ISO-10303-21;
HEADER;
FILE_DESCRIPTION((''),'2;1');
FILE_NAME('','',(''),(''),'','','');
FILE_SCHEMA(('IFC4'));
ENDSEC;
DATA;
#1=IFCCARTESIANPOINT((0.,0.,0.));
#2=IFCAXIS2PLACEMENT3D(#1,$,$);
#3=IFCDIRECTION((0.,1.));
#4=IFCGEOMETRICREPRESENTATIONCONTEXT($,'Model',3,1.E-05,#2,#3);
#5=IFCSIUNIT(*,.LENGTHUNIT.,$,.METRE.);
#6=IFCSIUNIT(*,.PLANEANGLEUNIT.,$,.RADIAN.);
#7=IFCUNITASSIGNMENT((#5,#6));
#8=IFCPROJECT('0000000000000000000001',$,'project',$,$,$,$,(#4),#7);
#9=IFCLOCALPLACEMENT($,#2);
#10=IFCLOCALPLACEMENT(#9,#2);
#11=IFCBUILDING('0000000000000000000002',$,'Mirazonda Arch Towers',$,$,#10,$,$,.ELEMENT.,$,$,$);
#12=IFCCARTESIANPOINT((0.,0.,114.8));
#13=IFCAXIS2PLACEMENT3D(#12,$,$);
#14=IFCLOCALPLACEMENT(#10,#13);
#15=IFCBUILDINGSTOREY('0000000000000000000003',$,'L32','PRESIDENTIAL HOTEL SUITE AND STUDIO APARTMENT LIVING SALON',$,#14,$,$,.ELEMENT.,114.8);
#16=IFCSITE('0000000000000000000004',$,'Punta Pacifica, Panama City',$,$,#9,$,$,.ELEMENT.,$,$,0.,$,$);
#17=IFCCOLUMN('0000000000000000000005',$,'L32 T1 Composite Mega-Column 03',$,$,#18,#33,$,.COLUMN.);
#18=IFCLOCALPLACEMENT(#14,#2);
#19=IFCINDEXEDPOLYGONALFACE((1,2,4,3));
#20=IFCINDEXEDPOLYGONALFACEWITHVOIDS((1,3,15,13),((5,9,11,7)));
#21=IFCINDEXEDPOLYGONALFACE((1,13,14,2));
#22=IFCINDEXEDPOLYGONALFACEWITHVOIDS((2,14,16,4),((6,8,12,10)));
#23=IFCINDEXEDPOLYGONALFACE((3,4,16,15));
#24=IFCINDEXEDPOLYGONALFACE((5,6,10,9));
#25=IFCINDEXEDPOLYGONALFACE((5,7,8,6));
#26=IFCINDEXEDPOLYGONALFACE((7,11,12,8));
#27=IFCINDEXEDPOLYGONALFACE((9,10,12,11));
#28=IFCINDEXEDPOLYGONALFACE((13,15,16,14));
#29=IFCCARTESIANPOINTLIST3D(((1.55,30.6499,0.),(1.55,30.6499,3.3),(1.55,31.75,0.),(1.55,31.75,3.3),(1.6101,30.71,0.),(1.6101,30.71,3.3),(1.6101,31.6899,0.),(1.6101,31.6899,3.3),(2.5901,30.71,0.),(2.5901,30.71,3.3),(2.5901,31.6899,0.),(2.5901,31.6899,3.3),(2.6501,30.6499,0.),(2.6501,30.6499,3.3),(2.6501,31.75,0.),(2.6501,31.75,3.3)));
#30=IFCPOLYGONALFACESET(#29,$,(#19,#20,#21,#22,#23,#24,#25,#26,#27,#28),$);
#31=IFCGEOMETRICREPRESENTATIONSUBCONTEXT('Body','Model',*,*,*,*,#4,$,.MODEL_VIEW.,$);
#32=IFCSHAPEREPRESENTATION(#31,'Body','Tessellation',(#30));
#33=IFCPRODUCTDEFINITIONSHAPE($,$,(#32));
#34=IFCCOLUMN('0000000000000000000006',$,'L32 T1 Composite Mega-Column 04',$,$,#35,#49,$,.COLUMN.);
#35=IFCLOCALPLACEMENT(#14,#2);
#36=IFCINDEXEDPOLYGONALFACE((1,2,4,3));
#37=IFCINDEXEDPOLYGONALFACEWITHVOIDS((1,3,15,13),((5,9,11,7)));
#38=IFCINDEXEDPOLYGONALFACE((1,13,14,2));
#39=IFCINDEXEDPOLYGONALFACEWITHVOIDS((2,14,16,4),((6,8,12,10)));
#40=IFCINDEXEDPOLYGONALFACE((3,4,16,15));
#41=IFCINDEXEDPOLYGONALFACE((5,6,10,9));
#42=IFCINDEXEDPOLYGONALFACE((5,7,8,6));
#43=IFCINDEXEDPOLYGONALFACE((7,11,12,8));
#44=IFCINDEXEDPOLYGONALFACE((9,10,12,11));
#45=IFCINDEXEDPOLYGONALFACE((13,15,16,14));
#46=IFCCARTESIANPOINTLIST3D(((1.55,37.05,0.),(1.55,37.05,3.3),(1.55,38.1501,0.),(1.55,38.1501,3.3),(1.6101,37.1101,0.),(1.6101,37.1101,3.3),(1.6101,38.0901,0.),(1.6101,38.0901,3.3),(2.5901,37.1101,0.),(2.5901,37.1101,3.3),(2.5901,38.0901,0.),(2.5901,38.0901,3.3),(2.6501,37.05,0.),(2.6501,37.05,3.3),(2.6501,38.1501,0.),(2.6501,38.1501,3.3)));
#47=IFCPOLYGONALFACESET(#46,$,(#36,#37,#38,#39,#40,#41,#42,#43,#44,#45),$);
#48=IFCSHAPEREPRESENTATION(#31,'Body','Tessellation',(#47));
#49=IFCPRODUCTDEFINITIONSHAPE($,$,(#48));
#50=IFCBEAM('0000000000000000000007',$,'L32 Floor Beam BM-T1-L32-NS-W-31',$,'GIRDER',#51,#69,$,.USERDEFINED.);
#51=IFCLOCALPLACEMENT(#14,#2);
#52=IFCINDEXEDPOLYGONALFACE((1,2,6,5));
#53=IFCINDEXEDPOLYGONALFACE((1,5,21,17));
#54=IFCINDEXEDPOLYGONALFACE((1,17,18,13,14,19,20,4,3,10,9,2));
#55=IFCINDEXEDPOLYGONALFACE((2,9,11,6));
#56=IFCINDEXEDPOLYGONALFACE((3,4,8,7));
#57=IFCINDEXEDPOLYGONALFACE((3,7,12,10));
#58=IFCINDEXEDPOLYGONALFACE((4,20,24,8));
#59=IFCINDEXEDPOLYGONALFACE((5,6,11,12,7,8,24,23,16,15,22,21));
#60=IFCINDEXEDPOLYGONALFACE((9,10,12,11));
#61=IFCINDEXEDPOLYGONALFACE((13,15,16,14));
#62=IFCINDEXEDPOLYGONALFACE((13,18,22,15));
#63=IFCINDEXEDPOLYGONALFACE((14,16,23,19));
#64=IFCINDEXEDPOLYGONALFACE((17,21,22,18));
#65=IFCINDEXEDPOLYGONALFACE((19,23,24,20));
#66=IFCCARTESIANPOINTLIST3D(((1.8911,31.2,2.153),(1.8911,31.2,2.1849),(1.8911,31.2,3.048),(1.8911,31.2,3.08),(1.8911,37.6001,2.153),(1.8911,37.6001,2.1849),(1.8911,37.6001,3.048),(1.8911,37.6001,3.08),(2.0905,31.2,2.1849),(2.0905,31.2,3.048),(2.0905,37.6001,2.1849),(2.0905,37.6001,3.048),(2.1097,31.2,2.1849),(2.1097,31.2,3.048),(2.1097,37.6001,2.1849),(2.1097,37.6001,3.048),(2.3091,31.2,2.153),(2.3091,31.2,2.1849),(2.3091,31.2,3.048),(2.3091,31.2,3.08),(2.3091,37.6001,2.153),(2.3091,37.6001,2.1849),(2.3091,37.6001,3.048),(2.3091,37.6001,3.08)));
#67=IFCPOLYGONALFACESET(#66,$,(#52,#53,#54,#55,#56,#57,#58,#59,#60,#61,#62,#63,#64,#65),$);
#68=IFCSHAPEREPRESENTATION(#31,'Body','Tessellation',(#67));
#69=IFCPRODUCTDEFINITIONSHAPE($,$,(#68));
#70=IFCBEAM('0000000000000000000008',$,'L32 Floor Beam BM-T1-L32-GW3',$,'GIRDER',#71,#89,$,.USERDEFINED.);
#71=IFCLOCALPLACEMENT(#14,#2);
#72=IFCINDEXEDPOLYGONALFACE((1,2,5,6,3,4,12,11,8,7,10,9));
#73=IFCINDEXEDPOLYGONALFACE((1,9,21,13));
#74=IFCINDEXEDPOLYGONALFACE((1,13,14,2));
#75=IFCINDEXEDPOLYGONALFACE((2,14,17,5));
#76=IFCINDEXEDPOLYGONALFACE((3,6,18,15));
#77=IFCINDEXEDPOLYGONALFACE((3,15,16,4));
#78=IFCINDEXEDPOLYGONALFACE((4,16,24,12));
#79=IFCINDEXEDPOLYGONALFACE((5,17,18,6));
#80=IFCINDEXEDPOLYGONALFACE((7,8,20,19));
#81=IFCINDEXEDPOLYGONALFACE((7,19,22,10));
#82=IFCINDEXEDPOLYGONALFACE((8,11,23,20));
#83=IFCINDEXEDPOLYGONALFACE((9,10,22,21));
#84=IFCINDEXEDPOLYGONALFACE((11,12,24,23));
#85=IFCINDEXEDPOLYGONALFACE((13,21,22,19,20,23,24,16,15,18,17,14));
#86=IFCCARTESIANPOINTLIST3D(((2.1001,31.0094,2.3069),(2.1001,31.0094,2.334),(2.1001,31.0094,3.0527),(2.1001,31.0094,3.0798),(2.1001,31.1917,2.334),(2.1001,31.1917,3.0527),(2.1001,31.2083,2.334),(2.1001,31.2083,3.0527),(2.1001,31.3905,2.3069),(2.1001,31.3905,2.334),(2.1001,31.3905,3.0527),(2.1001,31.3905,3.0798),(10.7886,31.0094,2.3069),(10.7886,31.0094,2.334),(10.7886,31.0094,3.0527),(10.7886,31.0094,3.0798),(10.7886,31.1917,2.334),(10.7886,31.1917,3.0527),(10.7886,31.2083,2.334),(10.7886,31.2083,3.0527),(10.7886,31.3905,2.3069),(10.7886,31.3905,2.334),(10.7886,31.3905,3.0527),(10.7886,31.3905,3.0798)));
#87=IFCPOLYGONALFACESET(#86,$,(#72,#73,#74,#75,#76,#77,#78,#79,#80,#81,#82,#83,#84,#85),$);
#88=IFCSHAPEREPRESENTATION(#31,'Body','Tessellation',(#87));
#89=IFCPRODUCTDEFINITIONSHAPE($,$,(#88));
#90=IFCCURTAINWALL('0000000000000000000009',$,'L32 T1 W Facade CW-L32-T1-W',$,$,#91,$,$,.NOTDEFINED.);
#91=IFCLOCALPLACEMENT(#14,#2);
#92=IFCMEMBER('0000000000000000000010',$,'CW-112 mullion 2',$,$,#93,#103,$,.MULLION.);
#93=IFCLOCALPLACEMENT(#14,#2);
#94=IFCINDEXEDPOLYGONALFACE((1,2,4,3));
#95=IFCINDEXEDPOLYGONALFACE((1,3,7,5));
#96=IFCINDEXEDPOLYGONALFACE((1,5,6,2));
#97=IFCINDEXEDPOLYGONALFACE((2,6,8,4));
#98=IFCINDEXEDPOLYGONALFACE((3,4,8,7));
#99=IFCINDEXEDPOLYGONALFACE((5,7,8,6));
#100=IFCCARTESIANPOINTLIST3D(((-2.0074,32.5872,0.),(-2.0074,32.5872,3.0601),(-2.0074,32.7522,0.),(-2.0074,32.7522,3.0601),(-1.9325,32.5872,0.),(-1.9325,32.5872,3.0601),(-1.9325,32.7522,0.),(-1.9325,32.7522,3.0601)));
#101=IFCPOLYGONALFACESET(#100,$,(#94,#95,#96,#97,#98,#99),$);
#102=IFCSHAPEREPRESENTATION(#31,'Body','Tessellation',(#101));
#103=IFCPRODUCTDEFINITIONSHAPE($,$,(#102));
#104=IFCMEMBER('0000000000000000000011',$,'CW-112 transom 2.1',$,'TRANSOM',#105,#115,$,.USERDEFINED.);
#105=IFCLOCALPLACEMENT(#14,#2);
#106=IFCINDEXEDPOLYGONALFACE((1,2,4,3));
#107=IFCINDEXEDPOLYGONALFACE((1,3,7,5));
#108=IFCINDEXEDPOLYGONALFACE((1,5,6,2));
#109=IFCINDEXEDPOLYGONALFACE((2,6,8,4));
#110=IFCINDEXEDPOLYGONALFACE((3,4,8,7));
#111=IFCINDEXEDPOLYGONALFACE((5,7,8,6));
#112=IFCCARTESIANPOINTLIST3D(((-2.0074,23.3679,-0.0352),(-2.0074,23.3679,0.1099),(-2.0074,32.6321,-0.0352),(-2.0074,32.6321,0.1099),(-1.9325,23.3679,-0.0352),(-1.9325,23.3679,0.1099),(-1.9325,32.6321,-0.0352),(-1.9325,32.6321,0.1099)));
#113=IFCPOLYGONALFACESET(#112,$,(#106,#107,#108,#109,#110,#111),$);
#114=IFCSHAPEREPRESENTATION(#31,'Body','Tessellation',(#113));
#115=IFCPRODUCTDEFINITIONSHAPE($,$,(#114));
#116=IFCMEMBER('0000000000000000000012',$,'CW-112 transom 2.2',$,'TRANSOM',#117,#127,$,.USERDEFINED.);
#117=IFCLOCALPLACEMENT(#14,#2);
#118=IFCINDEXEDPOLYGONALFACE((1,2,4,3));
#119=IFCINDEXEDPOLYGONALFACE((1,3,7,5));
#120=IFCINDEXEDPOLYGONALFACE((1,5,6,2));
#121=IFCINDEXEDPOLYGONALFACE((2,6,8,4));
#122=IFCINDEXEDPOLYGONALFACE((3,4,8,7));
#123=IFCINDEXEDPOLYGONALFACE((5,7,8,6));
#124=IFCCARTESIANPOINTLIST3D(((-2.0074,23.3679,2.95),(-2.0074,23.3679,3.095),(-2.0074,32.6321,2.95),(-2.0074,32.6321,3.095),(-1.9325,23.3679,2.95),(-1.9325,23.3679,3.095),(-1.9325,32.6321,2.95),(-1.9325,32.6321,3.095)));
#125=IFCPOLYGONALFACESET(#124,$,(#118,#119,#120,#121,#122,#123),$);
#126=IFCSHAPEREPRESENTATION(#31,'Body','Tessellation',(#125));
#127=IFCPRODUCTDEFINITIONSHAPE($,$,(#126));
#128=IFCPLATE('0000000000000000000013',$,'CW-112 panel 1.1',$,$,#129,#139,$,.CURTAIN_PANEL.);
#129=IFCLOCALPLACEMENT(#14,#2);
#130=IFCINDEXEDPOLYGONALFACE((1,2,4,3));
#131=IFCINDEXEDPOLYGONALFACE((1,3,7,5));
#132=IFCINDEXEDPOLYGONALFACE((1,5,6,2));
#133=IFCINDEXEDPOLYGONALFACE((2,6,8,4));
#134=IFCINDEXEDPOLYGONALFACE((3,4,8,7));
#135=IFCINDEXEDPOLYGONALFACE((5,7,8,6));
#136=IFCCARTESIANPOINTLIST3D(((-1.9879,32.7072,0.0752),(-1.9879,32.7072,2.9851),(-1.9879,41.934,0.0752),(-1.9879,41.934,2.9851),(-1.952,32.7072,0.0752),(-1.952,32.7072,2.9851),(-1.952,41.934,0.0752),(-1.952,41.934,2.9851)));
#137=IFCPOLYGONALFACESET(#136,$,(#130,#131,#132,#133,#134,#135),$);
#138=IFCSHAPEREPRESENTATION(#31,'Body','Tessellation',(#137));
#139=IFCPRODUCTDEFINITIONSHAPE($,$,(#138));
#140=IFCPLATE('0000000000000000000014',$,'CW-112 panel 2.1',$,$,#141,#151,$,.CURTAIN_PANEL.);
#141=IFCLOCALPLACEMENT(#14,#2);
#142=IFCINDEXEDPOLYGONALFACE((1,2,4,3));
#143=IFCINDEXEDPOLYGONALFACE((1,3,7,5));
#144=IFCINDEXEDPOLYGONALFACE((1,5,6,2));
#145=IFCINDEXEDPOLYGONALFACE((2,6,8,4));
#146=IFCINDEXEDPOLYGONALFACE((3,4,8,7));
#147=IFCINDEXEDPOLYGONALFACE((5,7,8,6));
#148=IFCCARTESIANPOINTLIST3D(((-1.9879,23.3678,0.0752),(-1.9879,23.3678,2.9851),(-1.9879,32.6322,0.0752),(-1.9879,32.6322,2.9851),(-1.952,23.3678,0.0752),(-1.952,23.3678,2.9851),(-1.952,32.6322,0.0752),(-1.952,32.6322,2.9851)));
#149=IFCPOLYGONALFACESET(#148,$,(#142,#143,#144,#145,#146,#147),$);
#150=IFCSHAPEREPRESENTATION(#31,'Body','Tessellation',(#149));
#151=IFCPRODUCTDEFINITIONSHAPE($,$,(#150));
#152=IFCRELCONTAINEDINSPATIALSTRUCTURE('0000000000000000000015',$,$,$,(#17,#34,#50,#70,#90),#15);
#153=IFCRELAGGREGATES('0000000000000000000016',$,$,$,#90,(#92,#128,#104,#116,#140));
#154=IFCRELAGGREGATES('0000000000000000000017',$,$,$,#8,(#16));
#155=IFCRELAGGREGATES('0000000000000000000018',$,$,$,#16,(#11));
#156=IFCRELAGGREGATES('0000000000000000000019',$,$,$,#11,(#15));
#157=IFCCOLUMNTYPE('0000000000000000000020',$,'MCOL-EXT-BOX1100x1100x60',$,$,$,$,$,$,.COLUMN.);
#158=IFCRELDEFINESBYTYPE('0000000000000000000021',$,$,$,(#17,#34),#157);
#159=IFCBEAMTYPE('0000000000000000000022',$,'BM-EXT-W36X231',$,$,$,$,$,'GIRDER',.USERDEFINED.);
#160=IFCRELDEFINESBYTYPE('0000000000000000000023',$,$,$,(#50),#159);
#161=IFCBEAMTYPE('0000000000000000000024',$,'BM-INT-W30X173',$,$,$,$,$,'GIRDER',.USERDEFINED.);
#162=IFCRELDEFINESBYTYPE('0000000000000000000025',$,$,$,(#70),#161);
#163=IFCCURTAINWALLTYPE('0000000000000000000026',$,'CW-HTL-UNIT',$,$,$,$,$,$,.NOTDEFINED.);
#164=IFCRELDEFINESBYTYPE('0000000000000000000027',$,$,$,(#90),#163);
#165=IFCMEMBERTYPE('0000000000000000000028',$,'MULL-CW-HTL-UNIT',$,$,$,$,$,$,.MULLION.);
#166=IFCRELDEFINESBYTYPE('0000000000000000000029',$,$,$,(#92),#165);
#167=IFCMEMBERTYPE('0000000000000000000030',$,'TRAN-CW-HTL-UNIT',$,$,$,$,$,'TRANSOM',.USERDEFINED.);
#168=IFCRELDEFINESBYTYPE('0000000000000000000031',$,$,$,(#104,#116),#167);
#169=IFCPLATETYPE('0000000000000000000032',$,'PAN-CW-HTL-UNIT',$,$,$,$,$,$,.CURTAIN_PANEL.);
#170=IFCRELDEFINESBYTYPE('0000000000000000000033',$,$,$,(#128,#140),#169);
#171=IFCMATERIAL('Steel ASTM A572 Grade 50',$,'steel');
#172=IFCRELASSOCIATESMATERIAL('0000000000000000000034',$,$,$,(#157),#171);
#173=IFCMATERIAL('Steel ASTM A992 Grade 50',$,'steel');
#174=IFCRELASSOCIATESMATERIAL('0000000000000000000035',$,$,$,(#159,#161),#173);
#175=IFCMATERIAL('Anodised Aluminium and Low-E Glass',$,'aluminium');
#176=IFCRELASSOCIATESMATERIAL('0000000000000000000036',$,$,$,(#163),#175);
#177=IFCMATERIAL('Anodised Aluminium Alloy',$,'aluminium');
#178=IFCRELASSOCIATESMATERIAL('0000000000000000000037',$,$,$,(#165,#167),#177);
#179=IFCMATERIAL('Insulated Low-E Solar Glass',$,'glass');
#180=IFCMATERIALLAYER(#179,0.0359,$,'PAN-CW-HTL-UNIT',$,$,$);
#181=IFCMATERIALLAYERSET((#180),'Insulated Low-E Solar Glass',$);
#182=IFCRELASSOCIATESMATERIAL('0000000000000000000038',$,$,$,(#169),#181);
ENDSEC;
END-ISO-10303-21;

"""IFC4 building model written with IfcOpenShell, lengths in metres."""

from ifc_helpers import new_model, si_unit, direction, frame, origin, origin_2d, place, context, subcontext, project, spatial, rectangle, hollow_rectangle, i_section, extrude, material, layer, layer_set, material_profile, profile_set, type_object, element, aggregate, save


model = new_model("IFC4")

# Units and contexts
model_context = context("Model", 3, precision=1e-05, world=origin(), true_north=direction((0.0, 1.0)))
body_context = subcontext(model_context, "Body", "Model", "MODEL_VIEW")
ifc_project = project(units=[si_unit("LENGTHUNIT", "METRE"), si_unit("PLANEANGLEUNIT", "RADIAN")], contexts=[model_context])

# Site, building, storey
site_placement = place(None, origin())
site = spatial("IfcSite", under=ifc_project, at=site_placement, Name="Punta Pacifica, Panama City", CompositionType="ELEMENT", RefElevation=0.0)
building_placement = place(site_placement, origin())
building = spatial("IfcBuilding", under=site, at=building_placement, Name="Mirazonda Arch Towers", CompositionType="ELEMENT")
storey_placement = place(building_placement, frame((0.0, 0.0, 114.8)))
storey = spatial("IfcBuildingStorey", under=building, at=storey_placement, Name="L32", Description="PRESIDENTIAL HOTEL SUITE AND STUDIO APARTMENT LIVING SALON", CompositionType="ELEMENT", Elevation=114.8)

# Columns
ifc_material_1 = material(Name="Steel ASTM A572 Grade 50", Category="steel")
ifc_material_profile_1 = material_profile(ifc_material_1, hollow_rectangle(XDim=1.1001, YDim=1.1001, WallThickness=0.0601, at=origin_2d()), Name="BOX1100x1100x60")
ifc_profile_set_1 = profile_set([ifc_material_profile_1], Name="Steel ASTM A572 Grade 50")
column_type = type_object("IfcColumnType", Name="MCOL-EXT-BOX1100x1100x60", PredefinedType="COLUMN", material=ifc_profile_set_1)
for number, where, z_axis, x_axis, name in (
    (1, (2.1001, 31.2, 0.0), (0.0, 0.0, 1.0), (1.0, 0.0, 0.0), "L32 T1 Composite Mega-Column 03"),
    (2, (2.1001, 37.6001, 0.0), (0.0, 0.0, 1.0), (1.0, 0.0, 0.0), "L32 T1 Composite Mega-Column 04"),
):
    element("IfcColumn", number, at=place(storey_placement, frame(where, z_axis=z_axis, x_axis=x_axis)), inside=storey, type_object=column_type, Name=name, PredefinedType="COLUMN", context=body_context, shape_type="SweptSolid", body=[
        extrude(hollow_rectangle(XDim=1.1001, YDim=1.1001, WallThickness=0.0601, at=origin_2d()), origin(), (0.0, 0.0, 1.0), 3.3),
    ])

# Beams
ifc_material_2 = material(Name="Steel ASTM A992 Grade 50", Category="steel")
ifc_material_profile_2 = material_profile(ifc_material_2, i_section(OverallWidth=0.418, OverallDepth=0.927, WebThickness=0.0193, FlangeThickness=0.032, at=origin_2d()), Name="W36X231")
ifc_profile_set_2 = profile_set([ifc_material_profile_2], Name="Steel ASTM A992 Grade 50")
beam_type_1 = type_object("IfcBeamType", Name="BM-EXT-W36X231", ElementType="GIRDER", PredefinedType="USERDEFINED", material=ifc_profile_set_2)
beam_1_placement = place(storey_placement, frame((2.1001, 31.2, 2.6165), z_axis=(0.0, 1.0, 0.0), x_axis=(-1.0, 0.0, 0.0)))
element("IfcBeam", 3, at=beam_1_placement, inside=storey, type_object=beam_type_1, Name="L32 Floor Beam BM-T1-L32-NS-W-31", ObjectType="GIRDER", PredefinedType="USERDEFINED", context=body_context, shape_type="SweptSolid", body=[
    extrude(i_section(OverallWidth=0.418, OverallDepth=0.927, WebThickness=0.0193, FlangeThickness=0.032, at=origin_2d()), origin(), (0.0, 0.0, 1.0), 6.4001),
])
ifc_material_profile_3 = material_profile(ifc_material_2, i_section(OverallWidth=0.3811, OverallDepth=0.7729, WebThickness=0.0166, FlangeThickness=0.0271, at=origin_2d()), Name="W30X173")
ifc_profile_set_3 = profile_set([ifc_material_profile_3], Name="Steel ASTM A992 Grade 50")
beam_type_2 = type_object("IfcBeamType", Name="BM-INT-W30X173", ElementType="GIRDER", PredefinedType="USERDEFINED", material=ifc_profile_set_3)
beam_2_placement = place(storey_placement, frame((2.1001, 31.2, 2.6934), z_axis=(1.0, 0.0, 0.0), x_axis=(0.0, 1.0, 0.0)))
element("IfcBeam", 4, at=beam_2_placement, inside=storey, type_object=beam_type_2, Name="L32 Floor Beam BM-T1-L32-GW3", ObjectType="GIRDER", PredefinedType="USERDEFINED", context=body_context, shape_type="SweptSolid", body=[
    extrude(i_section(OverallWidth=0.3811, OverallDepth=0.7729, WebThickness=0.0166, FlangeThickness=0.0271, at=origin_2d()), origin(), (0.0, 0.0, 1.0), 8.6885),
])

# Curtain wall, members, plates
ifc_material_3 = material(Name="Anodised Aluminium and Low-E Glass", Category="aluminium")
curtain_wall_type = type_object("IfcCurtainWallType", Name="CW-HTL-UNIT", PredefinedType="NOTDEFINED", material=ifc_material_3)
curtain_wall_placement = place(storey_placement, origin())
curtain_wall = element("IfcCurtainWall", 5, at=curtain_wall_placement, inside=storey, type_object=curtain_wall_type, Name="L32 T1 W Facade CW-L32-T1-W", PredefinedType="NOTDEFINED")
ifc_material_4 = material(Name="Anodised Aluminium Alloy", Category="aluminium")
ifc_material_profile_4 = material_profile(ifc_material_4, rectangle(XDim=0.075, YDim=0.165, at=origin_2d()), Name="ALU-MULL-75x165")
ifc_profile_set_4 = profile_set([ifc_material_profile_4], Name="Anodised Aluminium Alloy")
member_type_1 = type_object("IfcMemberType", Name="MULL-CW-HTL-UNIT", PredefinedType="MULLION", material=ifc_profile_set_4)
member_1_placement = place(storey_placement, frame((-1.97, 32.6697, 0.0), z_axis=(0.0, 0.0, 1.0), x_axis=(1.0, 0.0, 0.0)))
member_1 = element("IfcMember", 6, at=member_1_placement, type_object=member_type_1, Name="CW-112 mullion 2", PredefinedType="MULLION", context=body_context, shape_type="SweptSolid", body=[
    extrude(rectangle(XDim=0.075, YDim=0.165, at=origin_2d()), origin(), (0.0, 0.0, 1.0), 3.0601),
])
ifc_material_profile_5 = material_profile(ifc_material_4, rectangle(XDim=0.075, YDim=0.145, at=origin_2d()), Name="ALU-TRAN-75x145")
ifc_profile_set_5 = profile_set([ifc_material_profile_5], Name="Anodised Aluminium Alloy")
member_type_2 = type_object("IfcMemberType", Name="TRAN-CW-HTL-UNIT", ElementType="TRANSOM", PredefinedType="USERDEFINED", material=ifc_profile_set_5)
member_2_placement = place(storey_placement, frame((-1.97, 32.6321, 0.0374), z_axis=(0.0, -1.0, 0.0), x_axis=(1.0, 0.0, 0.0)))
member_2 = element("IfcMember", 7, at=member_2_placement, type_object=member_type_2, Name="CW-112 transom 2.1", ObjectType="TRANSOM", PredefinedType="USERDEFINED", context=body_context, shape_type="SweptSolid", body=[
    extrude(rectangle(XDim=0.075, YDim=0.145, at=origin_2d()), origin(), (0.0, 0.0, 1.0), 9.2642),
])
member_3_placement = place(storey_placement, frame((-1.97, 32.6321, 3.0225), z_axis=(0.0, -1.0, 0.0), x_axis=(1.0, 0.0, 0.0)))
member_3 = element("IfcMember", 8, at=member_3_placement, type_object=member_type_2, Name="CW-112 transom 2.2", ObjectType="TRANSOM", PredefinedType="USERDEFINED", context=body_context, shape_type="SweptSolid", body=[
    extrude(rectangle(XDim=0.075, YDim=0.145, at=origin_2d()), origin(), (0.0, 0.0, 1.0), 9.2642),
])
ifc_material_5 = material(Name="Insulated Low-E Solar Glass", Category="glass")
ifc_layer_1 = layer(ifc_material_5, 0.0359, Name="PAN-CW-HTL-UNIT")
ifc_layer_set_1 = layer_set([ifc_layer_1], Name="Insulated Low-E Solar Glass")
plate_type = type_object("IfcPlateType", Name="PAN-CW-HTL-UNIT", PredefinedType="CURTAIN_PANEL", material=ifc_layer_set_1)
plate_1_placement = place(storey_placement, frame((-1.97, 37.3206, 0.0752), z_axis=(0.0, 0.0, 1.0), x_axis=(0.0, -1.0, 0.0)))
plate_1 = element("IfcPlate", 9, at=plate_1_placement, type_object=plate_type, Name="CW-112 panel 1.1", PredefinedType="CURTAIN_PANEL", context=body_context, shape_type="SweptSolid", body=[
    extrude(rectangle(XDim=9.2268, YDim=0.0359, at=origin_2d()), origin(), (0.0, 0.0, 1.0), 2.9099),
])
plate_2_placement = place(storey_placement, frame((-1.97, 28.0, 0.0752), z_axis=(0.0, 0.0, 1.0), x_axis=(0.0, -1.0, 0.0)))
plate_2 = element("IfcPlate", 10, at=plate_2_placement, type_object=plate_type, Name="CW-112 panel 2.1", PredefinedType="CURTAIN_PANEL", context=body_context, shape_type="SweptSolid", body=[
    extrude(rectangle(XDim=9.2644, YDim=0.0359, at=origin_2d()), origin(), (0.0, 0.0, 1.0), 2.9099),
])
aggregate(curtain_wall, [member_1, plate_1, member_2, member_3, plate_2])

save(model, "model.ifc")
